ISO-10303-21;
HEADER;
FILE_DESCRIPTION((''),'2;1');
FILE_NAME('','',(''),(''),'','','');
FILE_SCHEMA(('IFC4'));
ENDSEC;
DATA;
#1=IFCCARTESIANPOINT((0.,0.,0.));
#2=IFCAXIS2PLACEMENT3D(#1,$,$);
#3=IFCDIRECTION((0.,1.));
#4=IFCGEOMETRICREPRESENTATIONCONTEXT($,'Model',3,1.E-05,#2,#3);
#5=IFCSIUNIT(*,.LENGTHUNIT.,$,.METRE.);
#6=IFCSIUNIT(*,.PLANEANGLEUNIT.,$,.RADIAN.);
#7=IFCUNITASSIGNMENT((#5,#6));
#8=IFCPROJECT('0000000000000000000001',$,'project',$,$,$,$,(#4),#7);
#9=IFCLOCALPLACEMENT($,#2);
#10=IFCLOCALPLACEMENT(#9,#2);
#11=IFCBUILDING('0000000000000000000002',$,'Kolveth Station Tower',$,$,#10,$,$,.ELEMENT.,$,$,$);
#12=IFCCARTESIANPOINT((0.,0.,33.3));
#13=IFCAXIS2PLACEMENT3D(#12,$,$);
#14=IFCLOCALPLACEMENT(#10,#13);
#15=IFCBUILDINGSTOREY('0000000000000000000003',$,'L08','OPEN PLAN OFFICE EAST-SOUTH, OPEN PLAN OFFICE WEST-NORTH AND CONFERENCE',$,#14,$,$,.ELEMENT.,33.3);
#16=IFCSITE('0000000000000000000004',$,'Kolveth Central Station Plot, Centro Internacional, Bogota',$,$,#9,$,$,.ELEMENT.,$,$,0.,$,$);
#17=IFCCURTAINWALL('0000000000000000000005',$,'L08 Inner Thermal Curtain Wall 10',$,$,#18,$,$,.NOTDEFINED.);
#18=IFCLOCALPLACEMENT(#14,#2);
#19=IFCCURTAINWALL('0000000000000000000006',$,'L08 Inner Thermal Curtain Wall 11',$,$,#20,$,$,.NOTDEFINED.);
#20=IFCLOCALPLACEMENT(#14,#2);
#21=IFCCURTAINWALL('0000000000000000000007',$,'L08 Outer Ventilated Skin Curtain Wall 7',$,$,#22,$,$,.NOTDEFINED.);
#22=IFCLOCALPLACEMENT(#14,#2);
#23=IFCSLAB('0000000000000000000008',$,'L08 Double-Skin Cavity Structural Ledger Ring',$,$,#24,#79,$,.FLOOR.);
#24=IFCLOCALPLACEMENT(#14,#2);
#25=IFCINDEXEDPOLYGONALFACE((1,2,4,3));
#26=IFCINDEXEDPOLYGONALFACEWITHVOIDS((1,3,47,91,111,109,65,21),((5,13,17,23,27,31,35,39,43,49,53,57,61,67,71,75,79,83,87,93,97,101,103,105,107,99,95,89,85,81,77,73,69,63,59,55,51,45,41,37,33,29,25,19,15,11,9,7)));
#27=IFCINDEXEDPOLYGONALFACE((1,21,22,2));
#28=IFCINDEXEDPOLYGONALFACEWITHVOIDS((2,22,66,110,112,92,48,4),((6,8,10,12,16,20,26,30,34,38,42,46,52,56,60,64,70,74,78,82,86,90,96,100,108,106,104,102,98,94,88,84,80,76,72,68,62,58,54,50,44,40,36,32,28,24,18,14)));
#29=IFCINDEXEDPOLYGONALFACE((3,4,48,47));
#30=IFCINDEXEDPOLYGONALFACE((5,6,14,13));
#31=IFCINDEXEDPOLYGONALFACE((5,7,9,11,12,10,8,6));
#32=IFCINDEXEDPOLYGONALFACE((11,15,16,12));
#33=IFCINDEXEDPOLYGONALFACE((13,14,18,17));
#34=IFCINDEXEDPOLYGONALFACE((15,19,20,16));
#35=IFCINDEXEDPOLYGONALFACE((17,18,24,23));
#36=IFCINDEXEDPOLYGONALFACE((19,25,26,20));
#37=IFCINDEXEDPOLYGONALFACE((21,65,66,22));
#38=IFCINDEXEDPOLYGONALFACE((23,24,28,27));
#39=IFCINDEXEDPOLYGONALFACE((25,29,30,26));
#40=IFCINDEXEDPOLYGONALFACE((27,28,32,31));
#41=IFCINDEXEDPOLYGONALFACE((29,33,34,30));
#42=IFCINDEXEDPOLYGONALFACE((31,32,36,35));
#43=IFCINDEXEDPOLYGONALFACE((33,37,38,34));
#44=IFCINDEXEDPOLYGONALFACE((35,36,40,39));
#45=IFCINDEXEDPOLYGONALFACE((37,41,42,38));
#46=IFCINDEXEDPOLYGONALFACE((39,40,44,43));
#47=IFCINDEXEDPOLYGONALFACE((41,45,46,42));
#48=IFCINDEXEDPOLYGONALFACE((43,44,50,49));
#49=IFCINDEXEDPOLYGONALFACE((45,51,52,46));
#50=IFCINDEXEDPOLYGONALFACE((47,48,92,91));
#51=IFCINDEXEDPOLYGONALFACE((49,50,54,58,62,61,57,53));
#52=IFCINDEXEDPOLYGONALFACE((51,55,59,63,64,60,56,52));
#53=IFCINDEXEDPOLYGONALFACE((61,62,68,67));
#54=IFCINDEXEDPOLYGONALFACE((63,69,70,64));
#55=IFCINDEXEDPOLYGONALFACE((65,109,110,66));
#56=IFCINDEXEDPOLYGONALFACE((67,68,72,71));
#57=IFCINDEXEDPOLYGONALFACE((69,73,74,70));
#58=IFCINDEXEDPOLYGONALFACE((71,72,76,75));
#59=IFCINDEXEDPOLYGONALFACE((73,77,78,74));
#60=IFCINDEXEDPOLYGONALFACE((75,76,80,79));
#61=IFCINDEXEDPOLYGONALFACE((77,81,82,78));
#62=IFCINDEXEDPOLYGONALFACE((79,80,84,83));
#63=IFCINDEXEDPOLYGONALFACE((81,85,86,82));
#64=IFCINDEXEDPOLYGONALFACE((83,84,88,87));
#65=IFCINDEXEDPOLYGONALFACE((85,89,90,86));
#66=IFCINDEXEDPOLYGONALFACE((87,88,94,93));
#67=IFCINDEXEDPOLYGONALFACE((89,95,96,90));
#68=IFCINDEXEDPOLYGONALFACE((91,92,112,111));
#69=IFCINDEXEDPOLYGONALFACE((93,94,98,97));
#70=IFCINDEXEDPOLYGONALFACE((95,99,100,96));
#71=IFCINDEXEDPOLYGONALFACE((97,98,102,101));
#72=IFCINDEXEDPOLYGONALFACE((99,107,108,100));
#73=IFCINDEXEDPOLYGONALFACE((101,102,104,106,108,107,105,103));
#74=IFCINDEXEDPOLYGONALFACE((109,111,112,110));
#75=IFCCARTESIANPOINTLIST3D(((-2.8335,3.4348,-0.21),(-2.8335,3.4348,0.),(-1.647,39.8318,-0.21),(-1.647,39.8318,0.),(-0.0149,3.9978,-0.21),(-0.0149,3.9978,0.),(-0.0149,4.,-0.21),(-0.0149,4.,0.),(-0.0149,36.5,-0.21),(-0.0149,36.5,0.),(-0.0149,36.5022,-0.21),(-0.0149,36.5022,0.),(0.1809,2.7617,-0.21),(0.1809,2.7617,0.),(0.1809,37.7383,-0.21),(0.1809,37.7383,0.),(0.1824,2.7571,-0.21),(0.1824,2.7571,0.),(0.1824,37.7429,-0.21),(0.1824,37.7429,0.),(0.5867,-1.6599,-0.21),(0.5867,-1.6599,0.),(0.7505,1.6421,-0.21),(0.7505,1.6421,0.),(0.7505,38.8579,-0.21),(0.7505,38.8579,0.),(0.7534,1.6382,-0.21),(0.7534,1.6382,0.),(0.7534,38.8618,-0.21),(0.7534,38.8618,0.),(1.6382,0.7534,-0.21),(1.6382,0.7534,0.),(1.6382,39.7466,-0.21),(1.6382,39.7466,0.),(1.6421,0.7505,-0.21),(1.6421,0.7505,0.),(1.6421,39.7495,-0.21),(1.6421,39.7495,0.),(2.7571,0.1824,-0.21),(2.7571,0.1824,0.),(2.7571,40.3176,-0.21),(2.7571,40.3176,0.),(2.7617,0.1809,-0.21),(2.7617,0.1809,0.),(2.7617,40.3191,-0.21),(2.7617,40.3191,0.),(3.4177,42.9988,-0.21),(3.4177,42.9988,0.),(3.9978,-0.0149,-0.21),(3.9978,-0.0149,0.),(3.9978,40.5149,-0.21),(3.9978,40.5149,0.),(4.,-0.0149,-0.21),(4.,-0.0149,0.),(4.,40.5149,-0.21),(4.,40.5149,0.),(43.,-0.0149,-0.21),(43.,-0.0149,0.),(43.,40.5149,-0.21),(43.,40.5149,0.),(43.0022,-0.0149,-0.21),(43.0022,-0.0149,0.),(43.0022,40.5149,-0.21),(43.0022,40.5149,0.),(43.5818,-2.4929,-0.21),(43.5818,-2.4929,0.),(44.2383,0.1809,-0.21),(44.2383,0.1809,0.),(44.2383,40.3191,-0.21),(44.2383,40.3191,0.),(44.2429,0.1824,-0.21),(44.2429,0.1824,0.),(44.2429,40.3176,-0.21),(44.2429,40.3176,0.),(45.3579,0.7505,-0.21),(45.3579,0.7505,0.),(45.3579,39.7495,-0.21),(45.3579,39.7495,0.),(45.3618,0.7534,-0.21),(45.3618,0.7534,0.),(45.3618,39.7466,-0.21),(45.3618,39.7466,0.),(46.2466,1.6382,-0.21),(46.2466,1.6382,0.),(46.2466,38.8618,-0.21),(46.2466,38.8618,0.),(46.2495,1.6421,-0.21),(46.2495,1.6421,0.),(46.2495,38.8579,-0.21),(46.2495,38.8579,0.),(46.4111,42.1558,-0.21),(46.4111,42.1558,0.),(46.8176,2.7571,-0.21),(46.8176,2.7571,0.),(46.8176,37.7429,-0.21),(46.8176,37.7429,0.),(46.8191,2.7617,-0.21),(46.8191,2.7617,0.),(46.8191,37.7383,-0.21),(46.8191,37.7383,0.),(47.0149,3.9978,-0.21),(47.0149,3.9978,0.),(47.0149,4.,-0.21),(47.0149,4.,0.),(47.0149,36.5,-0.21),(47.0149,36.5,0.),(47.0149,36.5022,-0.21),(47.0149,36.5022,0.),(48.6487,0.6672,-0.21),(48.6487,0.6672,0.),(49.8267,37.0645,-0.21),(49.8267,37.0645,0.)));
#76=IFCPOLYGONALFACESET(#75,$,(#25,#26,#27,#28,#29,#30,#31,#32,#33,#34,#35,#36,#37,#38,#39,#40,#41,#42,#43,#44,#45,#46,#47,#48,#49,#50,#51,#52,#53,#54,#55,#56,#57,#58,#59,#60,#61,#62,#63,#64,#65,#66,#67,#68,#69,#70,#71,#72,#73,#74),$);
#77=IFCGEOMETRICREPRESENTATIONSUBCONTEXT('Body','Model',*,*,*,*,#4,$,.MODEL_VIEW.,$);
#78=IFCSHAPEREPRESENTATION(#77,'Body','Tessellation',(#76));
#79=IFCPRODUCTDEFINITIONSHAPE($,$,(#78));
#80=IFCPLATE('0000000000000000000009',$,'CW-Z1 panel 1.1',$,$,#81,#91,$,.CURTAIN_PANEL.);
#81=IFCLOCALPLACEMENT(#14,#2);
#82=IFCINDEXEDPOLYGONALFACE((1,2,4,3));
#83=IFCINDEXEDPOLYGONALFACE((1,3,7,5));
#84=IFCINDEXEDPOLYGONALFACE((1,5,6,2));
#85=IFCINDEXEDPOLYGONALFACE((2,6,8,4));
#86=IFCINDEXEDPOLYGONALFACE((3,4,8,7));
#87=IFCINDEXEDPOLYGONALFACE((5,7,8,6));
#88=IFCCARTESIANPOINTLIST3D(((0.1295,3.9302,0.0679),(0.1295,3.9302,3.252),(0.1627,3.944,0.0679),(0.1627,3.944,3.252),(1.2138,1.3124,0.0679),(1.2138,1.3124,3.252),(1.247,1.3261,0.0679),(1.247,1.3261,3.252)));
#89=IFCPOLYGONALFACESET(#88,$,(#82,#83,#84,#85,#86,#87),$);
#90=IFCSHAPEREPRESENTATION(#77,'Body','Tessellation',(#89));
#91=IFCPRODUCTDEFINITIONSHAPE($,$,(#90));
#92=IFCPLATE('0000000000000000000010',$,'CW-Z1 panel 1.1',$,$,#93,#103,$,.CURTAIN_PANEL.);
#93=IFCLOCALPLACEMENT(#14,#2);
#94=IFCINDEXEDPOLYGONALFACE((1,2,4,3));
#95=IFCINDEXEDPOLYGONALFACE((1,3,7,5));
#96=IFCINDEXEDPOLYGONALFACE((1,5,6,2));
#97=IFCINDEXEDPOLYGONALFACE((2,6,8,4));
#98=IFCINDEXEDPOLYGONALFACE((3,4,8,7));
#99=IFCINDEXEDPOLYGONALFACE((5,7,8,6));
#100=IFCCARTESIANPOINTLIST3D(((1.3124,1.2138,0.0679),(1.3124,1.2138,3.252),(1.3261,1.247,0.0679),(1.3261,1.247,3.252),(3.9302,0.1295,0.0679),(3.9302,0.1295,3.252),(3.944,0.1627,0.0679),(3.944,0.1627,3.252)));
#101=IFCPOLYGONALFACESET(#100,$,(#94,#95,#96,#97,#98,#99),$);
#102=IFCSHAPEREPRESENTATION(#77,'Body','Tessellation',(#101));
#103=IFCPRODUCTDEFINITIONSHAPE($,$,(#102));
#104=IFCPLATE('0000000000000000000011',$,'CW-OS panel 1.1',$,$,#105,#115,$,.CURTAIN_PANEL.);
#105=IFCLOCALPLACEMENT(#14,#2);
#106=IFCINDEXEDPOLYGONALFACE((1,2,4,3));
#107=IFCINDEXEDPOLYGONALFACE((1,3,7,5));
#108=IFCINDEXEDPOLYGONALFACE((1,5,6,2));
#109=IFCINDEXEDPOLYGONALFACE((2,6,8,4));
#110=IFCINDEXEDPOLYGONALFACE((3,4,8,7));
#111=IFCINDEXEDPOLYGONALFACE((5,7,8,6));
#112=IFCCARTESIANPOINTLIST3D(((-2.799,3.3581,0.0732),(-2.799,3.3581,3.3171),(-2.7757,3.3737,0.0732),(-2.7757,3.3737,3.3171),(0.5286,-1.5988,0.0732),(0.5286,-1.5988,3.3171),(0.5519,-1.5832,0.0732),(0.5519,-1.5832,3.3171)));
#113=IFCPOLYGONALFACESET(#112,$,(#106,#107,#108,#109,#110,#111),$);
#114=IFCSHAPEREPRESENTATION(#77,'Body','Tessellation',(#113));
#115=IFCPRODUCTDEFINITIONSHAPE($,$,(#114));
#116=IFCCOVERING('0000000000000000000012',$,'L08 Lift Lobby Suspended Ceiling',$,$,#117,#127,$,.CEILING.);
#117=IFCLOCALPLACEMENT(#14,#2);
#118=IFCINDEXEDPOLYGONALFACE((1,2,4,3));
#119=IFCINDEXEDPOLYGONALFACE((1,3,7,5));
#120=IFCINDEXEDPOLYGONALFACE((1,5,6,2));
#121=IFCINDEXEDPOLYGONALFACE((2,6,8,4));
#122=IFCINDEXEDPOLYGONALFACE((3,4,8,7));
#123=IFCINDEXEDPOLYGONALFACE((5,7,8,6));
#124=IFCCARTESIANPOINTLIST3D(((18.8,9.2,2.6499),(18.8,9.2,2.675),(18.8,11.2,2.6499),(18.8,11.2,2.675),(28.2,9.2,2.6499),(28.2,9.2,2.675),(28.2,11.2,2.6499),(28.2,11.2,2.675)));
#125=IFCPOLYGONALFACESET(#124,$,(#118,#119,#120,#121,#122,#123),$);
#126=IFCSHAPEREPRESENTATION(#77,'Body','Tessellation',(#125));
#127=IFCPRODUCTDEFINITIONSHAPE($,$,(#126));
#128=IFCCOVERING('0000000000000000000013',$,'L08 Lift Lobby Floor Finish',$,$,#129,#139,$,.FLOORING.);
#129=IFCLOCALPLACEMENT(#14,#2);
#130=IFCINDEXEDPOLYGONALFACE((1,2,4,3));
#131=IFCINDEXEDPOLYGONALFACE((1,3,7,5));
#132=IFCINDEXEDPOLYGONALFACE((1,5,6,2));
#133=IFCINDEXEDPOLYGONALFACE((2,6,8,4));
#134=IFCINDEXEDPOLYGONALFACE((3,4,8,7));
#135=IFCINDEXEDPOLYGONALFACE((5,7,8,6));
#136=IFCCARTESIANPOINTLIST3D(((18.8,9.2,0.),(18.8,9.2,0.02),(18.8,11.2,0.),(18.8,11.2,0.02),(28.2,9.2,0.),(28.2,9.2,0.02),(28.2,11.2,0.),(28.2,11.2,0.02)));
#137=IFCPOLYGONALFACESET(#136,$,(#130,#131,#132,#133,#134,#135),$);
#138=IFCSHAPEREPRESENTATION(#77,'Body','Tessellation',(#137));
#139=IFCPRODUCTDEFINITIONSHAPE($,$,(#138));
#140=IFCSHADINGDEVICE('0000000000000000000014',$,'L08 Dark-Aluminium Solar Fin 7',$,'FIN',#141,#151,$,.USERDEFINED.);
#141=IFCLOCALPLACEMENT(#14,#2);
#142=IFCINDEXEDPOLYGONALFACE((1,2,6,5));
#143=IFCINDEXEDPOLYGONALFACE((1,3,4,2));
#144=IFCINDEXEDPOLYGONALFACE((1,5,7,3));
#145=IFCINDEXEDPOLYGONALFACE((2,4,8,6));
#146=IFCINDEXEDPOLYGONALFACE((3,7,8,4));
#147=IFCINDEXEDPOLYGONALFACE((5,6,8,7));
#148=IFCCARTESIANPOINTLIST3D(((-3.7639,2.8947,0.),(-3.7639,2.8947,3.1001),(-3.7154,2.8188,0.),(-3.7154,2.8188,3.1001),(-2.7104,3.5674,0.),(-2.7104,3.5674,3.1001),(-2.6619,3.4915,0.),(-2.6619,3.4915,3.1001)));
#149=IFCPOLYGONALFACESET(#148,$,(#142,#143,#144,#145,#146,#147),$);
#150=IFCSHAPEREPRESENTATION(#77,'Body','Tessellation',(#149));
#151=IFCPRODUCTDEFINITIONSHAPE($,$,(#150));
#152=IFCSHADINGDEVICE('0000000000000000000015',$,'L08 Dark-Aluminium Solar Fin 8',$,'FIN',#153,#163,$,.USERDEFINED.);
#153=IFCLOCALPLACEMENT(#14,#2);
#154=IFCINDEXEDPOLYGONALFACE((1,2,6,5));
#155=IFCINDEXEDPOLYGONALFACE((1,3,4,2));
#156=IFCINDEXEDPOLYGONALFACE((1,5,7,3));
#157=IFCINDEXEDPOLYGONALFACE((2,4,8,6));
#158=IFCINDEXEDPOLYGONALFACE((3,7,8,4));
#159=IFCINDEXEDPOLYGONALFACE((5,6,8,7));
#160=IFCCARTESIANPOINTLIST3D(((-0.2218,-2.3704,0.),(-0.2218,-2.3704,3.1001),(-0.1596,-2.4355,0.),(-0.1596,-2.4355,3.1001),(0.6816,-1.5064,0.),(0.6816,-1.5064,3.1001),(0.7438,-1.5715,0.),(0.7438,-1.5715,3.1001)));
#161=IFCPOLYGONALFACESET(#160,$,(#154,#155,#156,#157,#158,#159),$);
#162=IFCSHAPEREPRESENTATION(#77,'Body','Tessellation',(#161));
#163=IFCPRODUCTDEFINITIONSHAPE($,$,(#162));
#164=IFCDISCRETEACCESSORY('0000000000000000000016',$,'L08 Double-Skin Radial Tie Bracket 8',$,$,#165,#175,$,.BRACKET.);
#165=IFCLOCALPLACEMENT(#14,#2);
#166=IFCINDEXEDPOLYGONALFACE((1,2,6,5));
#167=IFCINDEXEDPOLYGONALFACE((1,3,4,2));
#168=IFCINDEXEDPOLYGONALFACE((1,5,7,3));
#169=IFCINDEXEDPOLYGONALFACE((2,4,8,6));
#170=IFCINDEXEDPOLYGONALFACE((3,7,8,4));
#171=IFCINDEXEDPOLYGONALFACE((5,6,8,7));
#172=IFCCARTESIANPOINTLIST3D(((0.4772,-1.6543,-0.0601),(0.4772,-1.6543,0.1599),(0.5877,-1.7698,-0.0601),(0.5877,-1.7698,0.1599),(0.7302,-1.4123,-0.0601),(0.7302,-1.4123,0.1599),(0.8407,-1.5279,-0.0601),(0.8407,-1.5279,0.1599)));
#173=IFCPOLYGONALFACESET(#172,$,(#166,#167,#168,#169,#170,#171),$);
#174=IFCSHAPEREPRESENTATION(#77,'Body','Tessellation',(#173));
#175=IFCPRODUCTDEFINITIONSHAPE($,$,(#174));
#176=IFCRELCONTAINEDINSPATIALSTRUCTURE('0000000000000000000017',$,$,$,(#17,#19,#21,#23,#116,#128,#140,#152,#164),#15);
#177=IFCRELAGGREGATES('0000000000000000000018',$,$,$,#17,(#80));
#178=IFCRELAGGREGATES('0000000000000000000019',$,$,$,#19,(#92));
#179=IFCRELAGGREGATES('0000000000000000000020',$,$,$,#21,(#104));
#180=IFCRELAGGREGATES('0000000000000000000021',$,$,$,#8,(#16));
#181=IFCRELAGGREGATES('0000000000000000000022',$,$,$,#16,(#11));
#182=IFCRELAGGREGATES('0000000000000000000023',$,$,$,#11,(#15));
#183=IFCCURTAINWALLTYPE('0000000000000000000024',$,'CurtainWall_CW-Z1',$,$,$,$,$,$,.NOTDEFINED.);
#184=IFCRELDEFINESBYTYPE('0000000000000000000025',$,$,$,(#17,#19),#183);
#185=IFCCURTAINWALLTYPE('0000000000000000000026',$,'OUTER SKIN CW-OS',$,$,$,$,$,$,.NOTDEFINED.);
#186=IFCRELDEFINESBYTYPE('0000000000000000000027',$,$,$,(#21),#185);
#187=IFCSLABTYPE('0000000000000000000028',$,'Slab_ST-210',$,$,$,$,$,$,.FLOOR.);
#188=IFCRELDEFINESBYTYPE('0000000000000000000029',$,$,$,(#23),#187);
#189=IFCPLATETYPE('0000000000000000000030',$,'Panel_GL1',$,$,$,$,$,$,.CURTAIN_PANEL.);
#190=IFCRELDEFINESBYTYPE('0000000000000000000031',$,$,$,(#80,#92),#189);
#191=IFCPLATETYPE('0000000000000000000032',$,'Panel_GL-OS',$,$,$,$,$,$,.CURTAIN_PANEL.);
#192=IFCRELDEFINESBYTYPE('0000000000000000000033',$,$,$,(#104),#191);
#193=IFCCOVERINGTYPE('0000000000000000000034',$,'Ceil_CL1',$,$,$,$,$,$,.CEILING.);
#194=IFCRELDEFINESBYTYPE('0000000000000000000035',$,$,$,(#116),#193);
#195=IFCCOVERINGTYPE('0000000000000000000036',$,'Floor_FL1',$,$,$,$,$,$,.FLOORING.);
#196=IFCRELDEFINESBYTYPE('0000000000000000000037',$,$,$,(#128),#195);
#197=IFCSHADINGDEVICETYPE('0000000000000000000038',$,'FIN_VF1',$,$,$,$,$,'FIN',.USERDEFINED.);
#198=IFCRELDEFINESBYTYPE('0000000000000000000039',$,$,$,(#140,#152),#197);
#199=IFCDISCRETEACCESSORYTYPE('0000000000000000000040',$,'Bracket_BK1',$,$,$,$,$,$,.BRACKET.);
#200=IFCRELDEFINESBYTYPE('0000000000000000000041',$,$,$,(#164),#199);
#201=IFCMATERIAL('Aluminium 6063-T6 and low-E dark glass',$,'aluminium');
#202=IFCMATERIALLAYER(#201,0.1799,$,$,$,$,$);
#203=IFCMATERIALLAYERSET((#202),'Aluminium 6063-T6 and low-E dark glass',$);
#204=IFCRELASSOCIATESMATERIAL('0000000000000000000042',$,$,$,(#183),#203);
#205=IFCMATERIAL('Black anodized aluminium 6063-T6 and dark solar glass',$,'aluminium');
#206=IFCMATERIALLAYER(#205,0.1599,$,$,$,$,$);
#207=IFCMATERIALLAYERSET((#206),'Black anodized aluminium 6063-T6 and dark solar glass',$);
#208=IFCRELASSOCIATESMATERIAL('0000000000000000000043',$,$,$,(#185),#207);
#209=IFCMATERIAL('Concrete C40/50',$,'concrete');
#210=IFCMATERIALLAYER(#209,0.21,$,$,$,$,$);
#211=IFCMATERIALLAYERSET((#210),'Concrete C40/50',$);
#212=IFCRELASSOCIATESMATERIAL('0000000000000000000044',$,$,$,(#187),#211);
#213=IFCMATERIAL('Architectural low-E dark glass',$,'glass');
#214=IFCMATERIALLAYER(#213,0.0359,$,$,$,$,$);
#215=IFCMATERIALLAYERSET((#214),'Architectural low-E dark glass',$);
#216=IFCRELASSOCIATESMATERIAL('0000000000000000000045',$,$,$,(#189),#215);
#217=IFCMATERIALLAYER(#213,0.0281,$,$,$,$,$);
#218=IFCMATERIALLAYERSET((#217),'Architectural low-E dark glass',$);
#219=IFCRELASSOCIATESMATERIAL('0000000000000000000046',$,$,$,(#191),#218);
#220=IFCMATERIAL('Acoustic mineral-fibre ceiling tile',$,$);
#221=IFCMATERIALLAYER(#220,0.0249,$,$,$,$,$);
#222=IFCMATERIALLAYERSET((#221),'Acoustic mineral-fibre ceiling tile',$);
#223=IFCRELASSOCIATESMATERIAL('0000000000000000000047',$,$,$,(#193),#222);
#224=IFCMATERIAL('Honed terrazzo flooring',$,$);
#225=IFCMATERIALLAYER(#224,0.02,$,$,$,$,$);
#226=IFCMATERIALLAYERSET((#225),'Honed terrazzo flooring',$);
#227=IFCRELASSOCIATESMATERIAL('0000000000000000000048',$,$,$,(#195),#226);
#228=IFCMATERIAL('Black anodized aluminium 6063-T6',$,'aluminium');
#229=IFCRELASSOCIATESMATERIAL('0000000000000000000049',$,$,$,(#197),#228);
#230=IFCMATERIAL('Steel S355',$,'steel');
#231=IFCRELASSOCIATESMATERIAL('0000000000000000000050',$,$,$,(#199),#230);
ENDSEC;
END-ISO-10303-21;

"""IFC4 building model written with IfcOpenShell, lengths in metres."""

from ifc_helpers import new_model, si_unit, direction, frame, origin, origin_2d, place, context, subcontext, project, spatial, polyline, rectangle, outline, extrude, source, transform, mapped, material, layer, layer_set, type_object, element, aggregate, save


model = new_model("IFC4")

# Units and contexts
model_context = context("Model", 3, precision=1e-05, world=origin(), true_north=direction((0.0, 1.0)))
body_context = subcontext(model_context, "Body", "Model", "MODEL_VIEW")
ifc_project = project(units=[si_unit("LENGTHUNIT", "METRE"), si_unit("PLANEANGLEUNIT", "RADIAN")], contexts=[model_context])

# Site, building, storey
site_placement = place(None, origin())
site = spatial("IfcSite", under=ifc_project, at=site_placement, Name="Kolveth Central Station Plot, Centro Internacional, Bogota", CompositionType="ELEMENT", RefElevation=0.0)
building_placement = place(site_placement, origin())
building = spatial("IfcBuilding", under=site, at=building_placement, Name="Kolveth Station Tower", CompositionType="ELEMENT")
storey_placement = place(building_placement, frame((0.0, 0.0, 33.3)))
storey = spatial("IfcBuildingStorey", under=building, at=storey_placement, Name="L08", Description="OPEN PLAN OFFICE EAST-SOUTH, OPEN PLAN OFFICE WEST-NORTH AND CONFERENCE", CompositionType="ELEMENT", Elevation=33.3)

# Shared definitions
ifc_material_1 = material(Name="Steel S355", Category="steel")

# Curtain wall
ifc_material_2 = material(Name="Aluminium 6063-T6 and low-E dark glass", Category="aluminium")
ifc_layer_1 = layer(ifc_material_2, 0.1799)
ifc_layer_set_1 = layer_set([ifc_layer_1], Name="Aluminium 6063-T6 and low-E dark glass")
curtain_wall_type_1 = type_object("IfcCurtainWallType", Name="CurtainWall_CW-Z1", PredefinedType="NOTDEFINED", material=ifc_layer_set_1)
curtain_wall_1_placement = place(storey_placement, origin())
curtain_wall_1 = element("IfcCurtainWall", 1, at=curtain_wall_1_placement, inside=storey, type_object=curtain_wall_type_1, Name="L08 Inner Thermal Curtain Wall 10", PredefinedType="NOTDEFINED")
ifc_material_3 = material(Name="Black anodized aluminium 6063-T6", Category="aluminium")

# Curtain wall
curtain_wall_2_placement = place(storey_placement, origin())
curtain_wall_2 = element("IfcCurtainWall", 2, at=curtain_wall_2_placement, inside=storey, type_object=curtain_wall_type_1, Name="L08 Inner Thermal Curtain Wall 11", PredefinedType="NOTDEFINED")

# Curtain wall
ifc_material_4 = material(Name="Black anodized aluminium 6063-T6 and dark solar glass", Category="aluminium")
ifc_layer_2 = layer(ifc_material_4, 0.1599)
ifc_layer_set_2 = layer_set([ifc_layer_2], Name="Black anodized aluminium 6063-T6 and dark solar glass")
curtain_wall_type_2 = type_object("IfcCurtainWallType", Name="OUTER SKIN CW-OS", PredefinedType="NOTDEFINED", material=ifc_layer_set_2)
curtain_wall_3_placement = place(storey_placement, origin())
curtain_wall_3 = element("IfcCurtainWall", 3, at=curtain_wall_3_placement, inside=storey, type_object=curtain_wall_type_2, Name="L08 Outer Ventilated Skin Curtain Wall 7", PredefinedType="NOTDEFINED")

# Shared definitions
ifc_material_5 = material(Name="Concrete C40/50", Category="concrete")

# Slab
ifc_layer_3 = layer(ifc_material_5, 0.21)
ifc_layer_set_3 = layer_set([ifc_layer_3], Name="Concrete C40/50")
slab_type_1 = type_object("IfcSlabType", Name="Slab_ST-210", PredefinedType="FLOOR", material=ifc_layer_set_3)
slab_1_placement = place(storey_placement, frame((0.0, 0.0, -0.21)))
element("IfcSlab", 4, at=slab_1_placement, inside=storey, type_object=slab_type_1, Name="L08 Double-Skin Cavity Structural Ledger Ring", PredefinedType="FLOOR", context=body_context, shape_type="SweptSolid", body=[
    extrude(outline(polyline([(0.5867, -1.6599), (-2.8335, 3.4348), (-1.647, 39.8318), (3.4177, 42.9988), (46.4111, 42.1558), (49.8267, 37.0645), (48.6487, 0.6672), (43.5818, -2.4929), (0.5867, -1.6599)]), holes=[polyline([(43.0022, -0.0149), (44.2383, 0.1809), (44.2429, 0.1824), (45.3579, 0.7505), (45.3618, 0.7534), (46.2466, 1.6382), (46.2495, 1.6421), (46.8176, 2.7571), (46.8191, 2.7617), (47.0149, 3.9978), (47.0149, 4.0), (47.0149, 36.5), (47.0149, 36.5022), (46.8191, 37.7383), (46.8176, 37.7429), (46.2495, 38.8579), (46.2466, 38.8618), (45.3618, 39.7466), (45.3579, 39.7495), (44.2429, 40.3176), (44.2383, 40.3191), (43.0022, 40.5149), (43.0, 40.5149), (4.0, 40.5149), (3.9978, 40.5149), (2.7617, 40.3191), (2.7571, 40.3176), (1.6421, 39.7495), (1.6382, 39.7466), (0.7534, 38.8618), (0.7505, 38.8579), (0.1824, 37.7429), (0.1809, 37.7383), (-0.0149, 36.5022), (-0.0149, 36.5), (-0.0149, 4.0), (-0.0149, 3.9978), (0.1809, 2.7617), (0.1824, 2.7571), (0.7505, 1.6421), (0.7534, 1.6382), (1.6382, 0.7534), (1.6421, 0.7505), (2.7571, 0.1824), (2.7617, 0.1809), (3.9978, -0.0149), (4.0, -0.0149), (43.0, -0.0149), (43.0022, -0.0149)])]), origin(), (0.0, 0.0, 1.0), 0.21),
])

# Plates
ifc_material_6 = material(Name="Architectural low-E dark glass", Category="glass")
ifc_layer_4 = layer(ifc_material_6, 0.0359)
ifc_layer_set_4 = layer_set([ifc_layer_4], Name="Architectural low-E dark glass")
plate_type_1 = type_object("IfcPlateType", Name="Panel_GL1", PredefinedType="CURTAIN_PANEL", material=ifc_layer_set_4)
shared_shape_1 = source(origin(), body_context, "Body", "SweptSolid", [
    extrude(rectangle(XDim=2.8335, YDim=0.0359, at=origin_2d()), origin(), (0.0, 0.0, 1.0), 3.1841),
])
plate_1_placement = place(storey_placement, frame((0.6882, 2.6282, 0.0679), z_axis=(0.0, 0.0, 1.0), x_axis=(0.382673, -0.923884, 0.0)))
plate_1 = element("IfcPlate", 5, at=plate_1_placement, type_object=plate_type_1, Name="CW-Z1 panel 1.1", PredefinedType="CURTAIN_PANEL", context=body_context, shape_type="MappedRepresentation", body=[
    mapped(shared_shape_1, transform((0.0, 0.0, 0.0), x_axis=(1.0, 0.0, 0.0), y_axis=(0.0, 1.0, 0.0), z_axis=(0.0, 0.0, 1.0), scale=1.0)),
])
aggregate(curtain_wall_1, [plate_1])
plate_2_placement = place(storey_placement, frame((2.6282, 0.6882, 0.0679), z_axis=(0.0, 0.0, 1.0), x_axis=(0.923884, -0.382673, 0.0)))
plate_2 = element("IfcPlate", 6, at=plate_2_placement, type_object=plate_type_1, Name="CW-Z1 panel 1.1", PredefinedType="CURTAIN_PANEL", context=body_context, shape_type="MappedRepresentation", body=[
    mapped(shared_shape_1, transform((0.0, 0.0, 0.0), x_axis=(1.0, 0.0, 0.0), y_axis=(0.0, 1.0, 0.0), z_axis=(0.0, 0.0, 1.0), scale=1.0)),
])
aggregate(curtain_wall_2, [plate_2])
ifc_layer_5 = layer(ifc_material_6, 0.0281)
ifc_layer_set_5 = layer_set([ifc_layer_5], Name="Architectural low-E dark glass")
plate_type_2 = type_object("IfcPlateType", Name="Panel_GL-OS", PredefinedType="CURTAIN_PANEL", material=ifc_layer_set_5)
shared_shape_2 = source(origin(), body_context, "Body", "SweptSolid", [
    extrude(rectangle(XDim=5.9702, YDim=0.0281, at=origin_2d()), origin(), (0.0, 0.0, 1.0), 3.2439),
])
plate_3_placement = place(storey_placement, frame((-1.1235, 0.8875, 0.0732), z_axis=(0.0, 0.0, 1.0), x_axis=(0.557364, -0.830268, 0.0)))
plate_3 = element("IfcPlate", 7, at=plate_3_placement, type_object=plate_type_2, Name="CW-OS panel 1.1", PredefinedType="CURTAIN_PANEL", context=body_context, shape_type="MappedRepresentation", body=[
    mapped(shared_shape_2, transform((0.0, 0.0, 0.0), x_axis=(1.0, 0.0, 0.0), y_axis=(0.0, 1.0, 0.0), z_axis=(0.0, 0.0, 1.0), scale=1.0)),
])
aggregate(curtain_wall_3, [plate_3])

# Coverings
ifc_material_7 = material(Name="Acoustic mineral-fibre ceiling tile")
ifc_layer_6 = layer(ifc_material_7, 0.0249)
ifc_layer_set_6 = layer_set([ifc_layer_6], Name="Acoustic mineral-fibre ceiling tile")
covering_type_1 = type_object("IfcCoveringType", Name="Ceil_CL1", PredefinedType="CEILING", material=ifc_layer_set_6)
covering_1_placement = place(storey_placement, frame((0.0, 0.0, 2.6499)))
element("IfcCovering", 8, at=covering_1_placement, inside=storey, type_object=covering_type_1, Name="L08 Lift Lobby Suspended Ceiling", PredefinedType="CEILING", context=body_context, shape_type="SweptSolid", body=[
    extrude(outline(polyline([(18.8, 9.2), (28.2, 9.2), (28.2, 11.2), (18.8, 11.2), (18.8, 9.2)])), origin(), (0.0, 0.0, 1.0), 0.0251),
])
ifc_material_8 = material(Name="Honed terrazzo flooring")
ifc_layer_7 = layer(ifc_material_8, 0.02)
ifc_layer_set_7 = layer_set([ifc_layer_7], Name="Honed terrazzo flooring")
covering_type_2 = type_object("IfcCoveringType", Name="Floor_FL1", PredefinedType="FLOORING", material=ifc_layer_set_7)
covering_2_placement = place(storey_placement, origin())
element("IfcCovering", 9, at=covering_2_placement, inside=storey, type_object=covering_type_2, Name="L08 Lift Lobby Floor Finish", PredefinedType="FLOORING", context=body_context, shape_type="SweptSolid", body=[
    extrude(outline(polyline([(18.8, 9.2), (28.2, 9.2), (28.2, 11.2), (18.8, 11.2), (18.8, 9.2)])), origin(), (0.0, 0.0, 1.0), 0.02),
])

# Shading devices
shading_device_type = type_object("IfcShadingDeviceType", Name="FIN_VF1", ElementType="FIN", PredefinedType="USERDEFINED", material=ifc_material_3)
shared_shape_3 = source(origin(), body_context, "Body", "SweptSolid", [
    extrude(rectangle(XDim=1.25, YDim=0.0901, at=origin_2d()), origin(), (0.0, 0.0, 1.0), 3.1001),
])
for number, where, z_axis, x_axis, name in (
    (10, (-3.2129, 3.1931, 0.0), (0.0, 0.0, 1.0), (-0.842828, -0.538183, 0.0), "L08 Dark-Aluminium Solar Fin 7"),
    (11, (0.261, -1.9709, 0.0), (0.0, 0.0, 1.0), (-0.722726, -0.691135, 0.0), "L08 Dark-Aluminium Solar Fin 8"),
):
    element("IfcShadingDevice", number, at=place(storey_placement, frame(where, z_axis=z_axis, x_axis=x_axis)), inside=storey, type_object=shading_device_type, Name=name, ObjectType="FIN", PredefinedType="USERDEFINED", context=body_context, shape_type="MappedRepresentation", body=[
        mapped(shared_shape_3, transform((0.0, 0.0, 0.0), x_axis=(1.0, 0.0, 0.0), y_axis=(0.0, 1.0, 0.0), z_axis=(0.0, 0.0, 1.0), scale=1.0)),
    ])

# Discrete accessory
discrete_accessory_type = type_object("IfcDiscreteAccessoryType", Name="Bracket_BK1", PredefinedType="BRACKET", material=ifc_material_1)
shared_shape_4 = source(origin(), body_context, "Body", "SweptSolid", [
    extrude(rectangle(XDim=0.3501, YDim=0.1599, at=origin_2d()), origin(), (0.0, 0.0, 1.0), 0.22),
])
discrete_accessory_placement = place(storey_placement, frame((0.6589, -1.5911, -0.0601), z_axis=(0.0, 0.0, 1.0), x_axis=(-0.722726, -0.691135, 0.0)))
element("IfcDiscreteAccessory", 12, at=discrete_accessory_placement, inside=storey, type_object=discrete_accessory_type, Name="L08 Double-Skin Radial Tie Bracket 8", PredefinedType="BRACKET", context=body_context, shape_type="MappedRepresentation", body=[
    mapped(shared_shape_4, transform((0.0, 0.0, 0.0), x_axis=(1.0, 0.0, 0.0), y_axis=(0.0, 1.0, 0.0), z_axis=(0.0, 0.0, 1.0), scale=1.0)),
])

save(model, "model.ifc")
